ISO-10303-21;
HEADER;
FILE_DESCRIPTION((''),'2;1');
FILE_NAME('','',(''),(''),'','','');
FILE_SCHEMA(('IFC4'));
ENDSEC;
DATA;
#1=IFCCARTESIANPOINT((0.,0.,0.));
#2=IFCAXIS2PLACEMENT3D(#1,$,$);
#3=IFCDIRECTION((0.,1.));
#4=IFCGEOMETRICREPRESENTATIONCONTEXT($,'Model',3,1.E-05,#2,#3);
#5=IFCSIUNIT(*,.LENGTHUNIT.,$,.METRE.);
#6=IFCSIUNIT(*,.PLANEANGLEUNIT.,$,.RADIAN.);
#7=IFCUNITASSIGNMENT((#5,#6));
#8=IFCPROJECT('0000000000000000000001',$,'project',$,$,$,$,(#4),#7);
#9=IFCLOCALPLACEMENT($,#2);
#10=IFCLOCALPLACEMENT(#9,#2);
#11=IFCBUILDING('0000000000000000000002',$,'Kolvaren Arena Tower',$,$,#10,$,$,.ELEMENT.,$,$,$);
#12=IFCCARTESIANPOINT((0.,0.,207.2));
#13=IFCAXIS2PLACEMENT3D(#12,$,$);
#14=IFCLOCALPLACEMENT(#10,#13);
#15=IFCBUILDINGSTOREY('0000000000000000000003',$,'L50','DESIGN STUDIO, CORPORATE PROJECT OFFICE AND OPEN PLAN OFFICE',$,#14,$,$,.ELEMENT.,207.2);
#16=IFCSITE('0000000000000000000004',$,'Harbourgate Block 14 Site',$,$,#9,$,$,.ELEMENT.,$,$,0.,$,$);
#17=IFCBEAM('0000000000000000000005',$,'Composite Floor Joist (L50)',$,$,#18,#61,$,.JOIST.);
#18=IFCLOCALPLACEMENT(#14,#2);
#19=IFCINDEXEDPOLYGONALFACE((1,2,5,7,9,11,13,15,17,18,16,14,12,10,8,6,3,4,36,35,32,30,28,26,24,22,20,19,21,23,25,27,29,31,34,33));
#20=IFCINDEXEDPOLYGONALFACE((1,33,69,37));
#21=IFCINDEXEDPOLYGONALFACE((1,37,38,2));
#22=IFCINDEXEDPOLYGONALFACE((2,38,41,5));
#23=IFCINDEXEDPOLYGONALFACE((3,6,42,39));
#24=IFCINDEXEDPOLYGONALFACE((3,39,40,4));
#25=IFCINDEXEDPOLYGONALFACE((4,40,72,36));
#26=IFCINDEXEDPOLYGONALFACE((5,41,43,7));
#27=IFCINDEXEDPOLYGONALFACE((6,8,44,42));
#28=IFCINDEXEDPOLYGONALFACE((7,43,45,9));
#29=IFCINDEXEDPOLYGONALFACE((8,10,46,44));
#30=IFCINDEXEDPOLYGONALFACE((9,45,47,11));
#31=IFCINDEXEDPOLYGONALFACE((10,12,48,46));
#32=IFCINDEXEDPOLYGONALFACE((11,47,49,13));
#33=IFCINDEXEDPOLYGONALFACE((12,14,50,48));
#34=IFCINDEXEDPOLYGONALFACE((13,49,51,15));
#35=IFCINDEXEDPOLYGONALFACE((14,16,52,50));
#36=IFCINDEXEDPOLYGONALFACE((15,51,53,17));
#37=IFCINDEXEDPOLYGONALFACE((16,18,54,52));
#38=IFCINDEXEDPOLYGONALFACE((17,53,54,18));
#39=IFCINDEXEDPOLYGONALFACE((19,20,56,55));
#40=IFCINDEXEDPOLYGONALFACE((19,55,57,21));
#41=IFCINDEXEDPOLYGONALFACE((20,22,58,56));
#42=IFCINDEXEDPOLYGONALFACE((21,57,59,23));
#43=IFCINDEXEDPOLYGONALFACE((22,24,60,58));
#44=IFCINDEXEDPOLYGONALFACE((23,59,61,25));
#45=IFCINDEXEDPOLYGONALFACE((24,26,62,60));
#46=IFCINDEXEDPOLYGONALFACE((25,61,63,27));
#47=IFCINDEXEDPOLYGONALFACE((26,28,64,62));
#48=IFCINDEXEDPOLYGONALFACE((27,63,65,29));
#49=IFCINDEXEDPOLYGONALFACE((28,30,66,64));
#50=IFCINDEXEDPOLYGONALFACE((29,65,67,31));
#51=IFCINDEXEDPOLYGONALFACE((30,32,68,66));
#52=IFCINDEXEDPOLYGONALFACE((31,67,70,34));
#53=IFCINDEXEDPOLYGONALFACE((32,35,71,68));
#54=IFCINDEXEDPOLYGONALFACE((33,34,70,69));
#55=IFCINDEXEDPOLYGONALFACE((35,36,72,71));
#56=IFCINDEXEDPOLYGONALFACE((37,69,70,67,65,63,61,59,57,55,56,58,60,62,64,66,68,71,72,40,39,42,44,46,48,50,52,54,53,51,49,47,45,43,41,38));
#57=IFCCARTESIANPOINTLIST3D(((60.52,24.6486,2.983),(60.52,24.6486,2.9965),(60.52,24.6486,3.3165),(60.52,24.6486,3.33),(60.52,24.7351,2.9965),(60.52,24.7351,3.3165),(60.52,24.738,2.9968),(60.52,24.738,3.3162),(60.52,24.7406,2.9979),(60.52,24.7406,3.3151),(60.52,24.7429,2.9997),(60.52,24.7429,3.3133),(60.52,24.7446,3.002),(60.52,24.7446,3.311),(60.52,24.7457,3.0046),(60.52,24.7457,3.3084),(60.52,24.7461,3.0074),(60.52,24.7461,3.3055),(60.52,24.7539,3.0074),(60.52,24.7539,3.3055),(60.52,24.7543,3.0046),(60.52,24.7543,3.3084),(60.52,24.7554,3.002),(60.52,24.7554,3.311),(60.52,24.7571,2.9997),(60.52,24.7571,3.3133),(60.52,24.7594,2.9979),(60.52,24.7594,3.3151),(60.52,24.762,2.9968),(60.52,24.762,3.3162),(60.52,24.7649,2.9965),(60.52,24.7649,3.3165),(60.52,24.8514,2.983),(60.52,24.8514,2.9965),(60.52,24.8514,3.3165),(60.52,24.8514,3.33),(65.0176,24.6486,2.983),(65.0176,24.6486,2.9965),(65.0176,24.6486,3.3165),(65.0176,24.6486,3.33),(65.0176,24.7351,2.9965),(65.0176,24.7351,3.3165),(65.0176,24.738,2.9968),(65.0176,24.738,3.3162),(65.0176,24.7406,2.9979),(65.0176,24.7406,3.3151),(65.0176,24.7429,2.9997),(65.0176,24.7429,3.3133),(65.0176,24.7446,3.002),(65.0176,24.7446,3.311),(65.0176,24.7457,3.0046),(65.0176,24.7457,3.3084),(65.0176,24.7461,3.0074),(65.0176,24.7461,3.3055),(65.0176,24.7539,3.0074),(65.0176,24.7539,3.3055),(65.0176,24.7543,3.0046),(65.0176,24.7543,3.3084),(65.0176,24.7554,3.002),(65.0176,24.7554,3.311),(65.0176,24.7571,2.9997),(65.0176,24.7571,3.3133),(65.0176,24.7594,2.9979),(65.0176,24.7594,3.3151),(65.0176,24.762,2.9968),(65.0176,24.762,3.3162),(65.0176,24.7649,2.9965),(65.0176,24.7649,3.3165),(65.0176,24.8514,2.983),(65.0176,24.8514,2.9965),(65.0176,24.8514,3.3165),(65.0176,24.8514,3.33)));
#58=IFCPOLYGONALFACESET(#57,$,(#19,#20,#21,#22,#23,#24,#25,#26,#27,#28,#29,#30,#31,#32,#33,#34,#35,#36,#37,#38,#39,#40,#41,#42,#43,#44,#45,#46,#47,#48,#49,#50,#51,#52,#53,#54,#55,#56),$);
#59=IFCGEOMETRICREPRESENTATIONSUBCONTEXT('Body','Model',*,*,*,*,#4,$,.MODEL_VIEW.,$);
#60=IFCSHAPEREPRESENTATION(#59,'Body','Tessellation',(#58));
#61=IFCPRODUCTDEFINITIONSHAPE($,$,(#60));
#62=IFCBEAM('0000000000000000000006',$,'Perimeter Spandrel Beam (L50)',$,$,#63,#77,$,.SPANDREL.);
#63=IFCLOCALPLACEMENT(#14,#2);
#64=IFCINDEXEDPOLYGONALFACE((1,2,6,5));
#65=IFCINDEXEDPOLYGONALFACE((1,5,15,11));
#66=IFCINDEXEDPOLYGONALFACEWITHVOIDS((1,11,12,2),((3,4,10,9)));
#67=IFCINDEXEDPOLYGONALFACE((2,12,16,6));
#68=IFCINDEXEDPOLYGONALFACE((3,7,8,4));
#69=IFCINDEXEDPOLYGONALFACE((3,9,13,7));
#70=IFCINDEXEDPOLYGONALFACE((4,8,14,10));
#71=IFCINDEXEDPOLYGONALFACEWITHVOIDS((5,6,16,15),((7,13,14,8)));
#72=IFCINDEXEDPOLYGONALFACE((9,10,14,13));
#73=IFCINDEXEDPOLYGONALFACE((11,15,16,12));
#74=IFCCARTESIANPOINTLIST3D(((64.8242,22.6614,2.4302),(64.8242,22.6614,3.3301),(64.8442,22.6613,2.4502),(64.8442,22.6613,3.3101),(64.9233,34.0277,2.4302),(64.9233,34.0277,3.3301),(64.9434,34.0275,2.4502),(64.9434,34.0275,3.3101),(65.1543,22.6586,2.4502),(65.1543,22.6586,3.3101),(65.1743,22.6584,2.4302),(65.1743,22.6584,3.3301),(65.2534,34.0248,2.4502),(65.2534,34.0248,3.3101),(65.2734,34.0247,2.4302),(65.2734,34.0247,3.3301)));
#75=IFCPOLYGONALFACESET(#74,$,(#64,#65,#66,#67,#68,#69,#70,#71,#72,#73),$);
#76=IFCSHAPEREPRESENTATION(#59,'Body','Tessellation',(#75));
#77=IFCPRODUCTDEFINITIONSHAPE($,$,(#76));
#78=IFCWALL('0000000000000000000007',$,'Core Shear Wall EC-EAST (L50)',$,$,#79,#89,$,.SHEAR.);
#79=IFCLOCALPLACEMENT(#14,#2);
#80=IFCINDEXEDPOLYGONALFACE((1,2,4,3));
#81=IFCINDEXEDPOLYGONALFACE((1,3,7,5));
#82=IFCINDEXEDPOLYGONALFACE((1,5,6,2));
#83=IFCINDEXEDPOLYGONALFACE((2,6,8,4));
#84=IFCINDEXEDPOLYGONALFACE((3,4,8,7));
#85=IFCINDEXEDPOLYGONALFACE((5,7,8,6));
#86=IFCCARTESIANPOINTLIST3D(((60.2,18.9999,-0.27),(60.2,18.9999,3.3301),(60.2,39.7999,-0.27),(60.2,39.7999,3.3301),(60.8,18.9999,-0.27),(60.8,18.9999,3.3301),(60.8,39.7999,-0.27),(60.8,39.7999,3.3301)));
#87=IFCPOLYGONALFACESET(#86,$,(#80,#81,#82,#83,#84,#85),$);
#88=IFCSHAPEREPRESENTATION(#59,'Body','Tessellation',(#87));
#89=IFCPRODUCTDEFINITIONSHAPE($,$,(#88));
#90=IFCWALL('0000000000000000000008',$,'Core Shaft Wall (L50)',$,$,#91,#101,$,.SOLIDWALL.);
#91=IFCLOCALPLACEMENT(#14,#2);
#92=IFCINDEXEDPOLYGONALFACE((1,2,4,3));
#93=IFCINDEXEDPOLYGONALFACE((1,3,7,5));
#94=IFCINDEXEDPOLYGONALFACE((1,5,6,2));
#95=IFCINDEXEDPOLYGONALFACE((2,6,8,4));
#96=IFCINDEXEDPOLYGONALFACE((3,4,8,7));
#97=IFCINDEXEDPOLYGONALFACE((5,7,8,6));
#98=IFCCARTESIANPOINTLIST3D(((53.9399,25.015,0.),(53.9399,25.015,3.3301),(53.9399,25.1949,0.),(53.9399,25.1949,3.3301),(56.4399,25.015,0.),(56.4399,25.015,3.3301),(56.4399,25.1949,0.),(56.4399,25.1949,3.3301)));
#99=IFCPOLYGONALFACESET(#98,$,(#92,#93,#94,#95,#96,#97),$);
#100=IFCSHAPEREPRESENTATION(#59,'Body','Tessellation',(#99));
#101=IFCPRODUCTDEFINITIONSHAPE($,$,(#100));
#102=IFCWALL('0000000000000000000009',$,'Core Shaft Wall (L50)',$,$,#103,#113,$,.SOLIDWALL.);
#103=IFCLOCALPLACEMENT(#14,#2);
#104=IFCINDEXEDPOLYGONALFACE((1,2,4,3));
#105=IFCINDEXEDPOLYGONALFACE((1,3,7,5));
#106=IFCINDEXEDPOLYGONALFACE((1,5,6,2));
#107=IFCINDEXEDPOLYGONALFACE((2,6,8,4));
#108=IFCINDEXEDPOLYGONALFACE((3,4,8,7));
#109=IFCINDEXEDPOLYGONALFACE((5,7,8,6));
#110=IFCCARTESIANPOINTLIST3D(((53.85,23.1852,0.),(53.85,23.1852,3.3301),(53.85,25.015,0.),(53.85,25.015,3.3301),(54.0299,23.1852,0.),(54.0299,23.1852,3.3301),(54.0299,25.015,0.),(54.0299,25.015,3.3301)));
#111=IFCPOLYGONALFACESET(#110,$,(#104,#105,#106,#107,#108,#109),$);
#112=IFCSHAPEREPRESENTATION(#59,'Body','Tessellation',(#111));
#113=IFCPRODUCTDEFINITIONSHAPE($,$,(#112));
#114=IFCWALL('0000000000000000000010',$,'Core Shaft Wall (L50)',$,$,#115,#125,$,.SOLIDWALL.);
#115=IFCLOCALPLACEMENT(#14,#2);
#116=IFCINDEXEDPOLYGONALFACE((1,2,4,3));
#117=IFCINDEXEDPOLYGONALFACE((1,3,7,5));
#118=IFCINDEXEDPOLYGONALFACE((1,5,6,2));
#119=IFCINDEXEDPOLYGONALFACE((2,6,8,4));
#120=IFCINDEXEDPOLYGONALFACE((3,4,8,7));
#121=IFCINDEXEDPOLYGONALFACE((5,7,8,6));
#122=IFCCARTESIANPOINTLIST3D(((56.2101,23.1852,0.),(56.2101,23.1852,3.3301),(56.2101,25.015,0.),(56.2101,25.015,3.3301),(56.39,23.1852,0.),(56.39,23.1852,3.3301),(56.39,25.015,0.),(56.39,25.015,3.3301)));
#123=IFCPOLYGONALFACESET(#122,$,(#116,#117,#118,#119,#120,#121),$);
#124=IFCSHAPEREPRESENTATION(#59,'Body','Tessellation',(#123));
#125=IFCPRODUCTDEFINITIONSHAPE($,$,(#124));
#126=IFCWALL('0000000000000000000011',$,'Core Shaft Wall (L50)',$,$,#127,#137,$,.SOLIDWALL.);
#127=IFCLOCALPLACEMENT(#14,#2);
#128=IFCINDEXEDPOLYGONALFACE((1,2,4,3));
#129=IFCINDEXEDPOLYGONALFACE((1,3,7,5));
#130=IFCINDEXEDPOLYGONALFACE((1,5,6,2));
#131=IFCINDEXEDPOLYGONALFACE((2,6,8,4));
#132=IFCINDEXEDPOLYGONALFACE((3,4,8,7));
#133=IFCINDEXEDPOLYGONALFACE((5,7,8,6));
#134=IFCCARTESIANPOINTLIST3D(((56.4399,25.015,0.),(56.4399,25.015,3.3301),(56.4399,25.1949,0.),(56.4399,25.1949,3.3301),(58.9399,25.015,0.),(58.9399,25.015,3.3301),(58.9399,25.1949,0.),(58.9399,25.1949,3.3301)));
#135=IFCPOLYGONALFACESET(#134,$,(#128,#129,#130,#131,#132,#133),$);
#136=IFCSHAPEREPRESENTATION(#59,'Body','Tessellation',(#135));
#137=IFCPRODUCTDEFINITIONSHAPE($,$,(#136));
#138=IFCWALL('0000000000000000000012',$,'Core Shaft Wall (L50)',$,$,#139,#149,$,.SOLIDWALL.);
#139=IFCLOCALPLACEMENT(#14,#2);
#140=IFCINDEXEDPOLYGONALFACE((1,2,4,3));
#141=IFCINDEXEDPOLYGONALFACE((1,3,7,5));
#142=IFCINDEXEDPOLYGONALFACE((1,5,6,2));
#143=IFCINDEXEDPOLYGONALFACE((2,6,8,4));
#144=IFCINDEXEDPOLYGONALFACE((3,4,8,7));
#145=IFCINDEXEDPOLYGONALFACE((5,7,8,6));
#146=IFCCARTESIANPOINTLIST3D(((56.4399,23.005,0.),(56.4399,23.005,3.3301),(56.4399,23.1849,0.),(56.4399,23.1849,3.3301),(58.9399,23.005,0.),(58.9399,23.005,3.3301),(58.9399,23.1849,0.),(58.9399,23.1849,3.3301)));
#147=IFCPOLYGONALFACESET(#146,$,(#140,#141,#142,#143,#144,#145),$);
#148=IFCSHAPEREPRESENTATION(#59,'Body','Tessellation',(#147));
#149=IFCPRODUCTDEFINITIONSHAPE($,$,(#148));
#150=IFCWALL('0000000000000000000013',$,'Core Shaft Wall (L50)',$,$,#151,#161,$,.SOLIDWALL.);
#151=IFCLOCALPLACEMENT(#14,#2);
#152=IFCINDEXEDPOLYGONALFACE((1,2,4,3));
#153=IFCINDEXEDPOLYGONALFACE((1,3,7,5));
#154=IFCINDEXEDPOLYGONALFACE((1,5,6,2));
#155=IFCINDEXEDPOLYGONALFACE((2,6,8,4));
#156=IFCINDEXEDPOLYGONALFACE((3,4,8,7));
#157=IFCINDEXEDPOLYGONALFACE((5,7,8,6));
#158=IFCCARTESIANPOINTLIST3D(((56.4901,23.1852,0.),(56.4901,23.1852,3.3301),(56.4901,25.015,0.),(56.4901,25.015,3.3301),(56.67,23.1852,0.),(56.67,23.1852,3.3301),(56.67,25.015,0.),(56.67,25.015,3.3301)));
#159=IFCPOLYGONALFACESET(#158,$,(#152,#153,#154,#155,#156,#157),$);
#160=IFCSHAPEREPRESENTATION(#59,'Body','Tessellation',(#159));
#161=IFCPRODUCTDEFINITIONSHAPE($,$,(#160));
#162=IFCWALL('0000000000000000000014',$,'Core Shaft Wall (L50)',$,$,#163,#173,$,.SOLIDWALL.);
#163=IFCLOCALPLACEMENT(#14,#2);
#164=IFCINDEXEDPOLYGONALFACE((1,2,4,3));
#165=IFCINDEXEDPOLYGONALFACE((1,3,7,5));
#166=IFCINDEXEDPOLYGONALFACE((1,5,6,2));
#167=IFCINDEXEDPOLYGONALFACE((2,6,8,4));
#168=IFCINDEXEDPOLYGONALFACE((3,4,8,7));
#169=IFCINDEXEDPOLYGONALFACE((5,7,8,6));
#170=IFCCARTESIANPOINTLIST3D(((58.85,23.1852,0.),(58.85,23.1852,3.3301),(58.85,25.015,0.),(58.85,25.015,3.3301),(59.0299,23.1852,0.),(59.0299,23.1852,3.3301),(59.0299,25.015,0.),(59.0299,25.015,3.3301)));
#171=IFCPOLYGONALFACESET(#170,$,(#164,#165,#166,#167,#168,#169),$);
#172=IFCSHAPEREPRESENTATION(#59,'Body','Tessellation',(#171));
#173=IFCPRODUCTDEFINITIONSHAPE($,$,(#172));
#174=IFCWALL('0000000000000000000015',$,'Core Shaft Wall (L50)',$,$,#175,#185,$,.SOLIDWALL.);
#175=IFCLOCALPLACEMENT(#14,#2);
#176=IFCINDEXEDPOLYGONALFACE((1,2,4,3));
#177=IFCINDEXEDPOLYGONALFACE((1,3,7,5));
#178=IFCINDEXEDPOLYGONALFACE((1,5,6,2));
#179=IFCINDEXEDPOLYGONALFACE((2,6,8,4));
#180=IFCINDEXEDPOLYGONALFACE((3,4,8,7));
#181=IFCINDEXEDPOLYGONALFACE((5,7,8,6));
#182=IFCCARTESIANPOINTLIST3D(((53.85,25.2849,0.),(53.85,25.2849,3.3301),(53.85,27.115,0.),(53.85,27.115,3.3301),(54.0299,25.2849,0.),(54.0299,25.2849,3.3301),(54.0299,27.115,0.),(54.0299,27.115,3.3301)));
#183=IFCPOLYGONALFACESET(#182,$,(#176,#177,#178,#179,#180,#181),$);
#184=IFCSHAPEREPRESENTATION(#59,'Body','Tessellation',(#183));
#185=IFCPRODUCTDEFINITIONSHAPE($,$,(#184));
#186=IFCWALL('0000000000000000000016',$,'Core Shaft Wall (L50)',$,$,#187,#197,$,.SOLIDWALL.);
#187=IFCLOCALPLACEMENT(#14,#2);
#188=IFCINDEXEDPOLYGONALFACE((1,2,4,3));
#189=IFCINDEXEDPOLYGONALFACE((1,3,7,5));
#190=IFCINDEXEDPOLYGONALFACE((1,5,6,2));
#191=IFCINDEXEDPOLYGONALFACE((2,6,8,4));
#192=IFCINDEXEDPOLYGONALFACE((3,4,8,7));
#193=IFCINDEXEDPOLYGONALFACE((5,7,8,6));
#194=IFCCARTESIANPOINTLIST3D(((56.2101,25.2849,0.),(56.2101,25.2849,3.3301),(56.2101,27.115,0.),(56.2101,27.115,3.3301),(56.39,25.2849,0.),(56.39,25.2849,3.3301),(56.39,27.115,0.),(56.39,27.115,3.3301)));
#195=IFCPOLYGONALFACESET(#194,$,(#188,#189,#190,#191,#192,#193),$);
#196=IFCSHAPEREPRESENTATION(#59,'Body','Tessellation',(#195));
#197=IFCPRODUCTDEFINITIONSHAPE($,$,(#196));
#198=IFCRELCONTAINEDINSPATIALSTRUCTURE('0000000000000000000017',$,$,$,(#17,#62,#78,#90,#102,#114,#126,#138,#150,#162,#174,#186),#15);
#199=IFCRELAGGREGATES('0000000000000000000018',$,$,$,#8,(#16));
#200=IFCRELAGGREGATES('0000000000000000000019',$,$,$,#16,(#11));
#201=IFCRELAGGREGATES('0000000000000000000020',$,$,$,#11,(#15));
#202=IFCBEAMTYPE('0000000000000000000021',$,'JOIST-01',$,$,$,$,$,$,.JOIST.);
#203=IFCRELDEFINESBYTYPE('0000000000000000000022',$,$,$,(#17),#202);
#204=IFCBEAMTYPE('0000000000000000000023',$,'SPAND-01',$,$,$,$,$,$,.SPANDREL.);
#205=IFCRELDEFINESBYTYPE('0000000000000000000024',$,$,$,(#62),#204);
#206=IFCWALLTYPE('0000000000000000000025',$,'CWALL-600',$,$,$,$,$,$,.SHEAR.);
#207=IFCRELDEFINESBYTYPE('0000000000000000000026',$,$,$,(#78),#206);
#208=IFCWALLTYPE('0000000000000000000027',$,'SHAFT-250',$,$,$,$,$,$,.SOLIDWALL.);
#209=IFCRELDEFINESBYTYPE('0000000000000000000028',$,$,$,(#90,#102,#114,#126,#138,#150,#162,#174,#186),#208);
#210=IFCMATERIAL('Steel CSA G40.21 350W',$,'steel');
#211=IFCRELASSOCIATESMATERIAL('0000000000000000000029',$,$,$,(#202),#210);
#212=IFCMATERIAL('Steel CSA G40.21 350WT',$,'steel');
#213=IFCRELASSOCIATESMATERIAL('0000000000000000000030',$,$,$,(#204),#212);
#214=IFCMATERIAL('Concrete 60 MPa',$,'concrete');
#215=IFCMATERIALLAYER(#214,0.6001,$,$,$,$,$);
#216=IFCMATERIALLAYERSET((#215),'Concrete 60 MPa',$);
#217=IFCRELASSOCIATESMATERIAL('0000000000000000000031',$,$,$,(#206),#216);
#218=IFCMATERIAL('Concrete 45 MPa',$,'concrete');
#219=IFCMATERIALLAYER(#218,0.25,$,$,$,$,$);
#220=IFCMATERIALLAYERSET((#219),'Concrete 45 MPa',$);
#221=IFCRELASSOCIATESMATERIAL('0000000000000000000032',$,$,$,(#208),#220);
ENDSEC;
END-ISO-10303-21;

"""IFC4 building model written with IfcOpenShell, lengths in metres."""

from ifc_helpers import new_model, si_unit, direction, frame, frame_2d, origin, origin_2d, place, context, subcontext, project, spatial, rectangle, hollow_rectangle, i_section, extrude, material, layer, layer_set, material_profile, profile_set, type_object, element, save


model = new_model("IFC4")

# Units and contexts
model_context = context("Model", 3, precision=1e-05, world=origin(), true_north=direction((0.0, 1.0)))
body_context = subcontext(model_context, "Body", "Model", "MODEL_VIEW")
ifc_project = project(units=[si_unit("LENGTHUNIT", "METRE"), si_unit("PLANEANGLEUNIT", "RADIAN")], contexts=[model_context])

# Site, building, storey
site_placement = place(None, origin())
site = spatial("IfcSite", under=ifc_project, at=site_placement, Name="Harbourgate Block 14 Site", CompositionType="ELEMENT", RefElevation=0.0)
building_placement = place(site_placement, origin())
building = spatial("IfcBuilding", under=site, at=building_placement, Name="Kolvaren Arena Tower", CompositionType="ELEMENT")
storey_placement = place(building_placement, frame((0.0, 0.0, 207.2)))
storey = spatial("IfcBuildingStorey", under=building, at=storey_placement, Name="L50", Description="DESIGN STUDIO, CORPORATE PROJECT OFFICE AND OPEN PLAN OFFICE", CompositionType="ELEMENT", Elevation=207.2)

# Beams
ifc_material_1 = material(Name="Steel CSA G40.21 350W", Category="steel")
ifc_material_profile_1 = material_profile(ifc_material_1, i_section(OverallWidth=0.2029, OverallDepth=0.3469, WebThickness=0.0078, FlangeThickness=0.0134, FilletRadius=0.011, at=origin_2d()), Name="W360x64")
ifc_profile_set_1 = profile_set([ifc_material_profile_1], Name="Steel CSA G40.21 350W")
beam_type_1 = type_object("IfcBeamType", Name="JOIST-01", PredefinedType="JOIST", material=ifc_profile_set_1)
beam_1_placement = place(storey_placement, frame((60.52, 24.75, 3.1565), z_axis=(1.0, 0.0, 0.0), x_axis=(0.0, 1.0, 0.0)))
element("IfcBeam", 1, at=beam_1_placement, inside=storey, type_object=beam_type_1, Name="Composite Floor Joist (L50)", PredefinedType="JOIST", context=body_context, shape_type="SweptSolid", body=[
    extrude(i_section(OverallWidth=0.2029, OverallDepth=0.3469, WebThickness=0.0078, FlangeThickness=0.0134, FilletRadius=0.011, at=origin_2d()), origin(), (0.0, 0.0, 1.0), 4.4976),
])
ifc_material_2 = material(Name="Steel CSA G40.21 350WT", Category="steel")
ifc_material_profile_2 = material_profile(ifc_material_2, hollow_rectangle(XDim=0.3501, YDim=0.8999, WallThickness=0.02, at=origin_2d()), Name="HSS 900x350x20")
ifc_profile_set_2 = profile_set([ifc_material_profile_2], Name="Steel CSA G40.21 350WT")
beam_type_2 = type_object("IfcBeamType", Name="SPAND-01", PredefinedType="SPANDREL", material=ifc_profile_set_2)
beam_2_placement = place(storey_placement, frame((64.9993, 22.6599, 2.8801), z_axis=(0.00872, 0.999962, 0.0), x_axis=(-0.999962, 0.00872, 0.0)))
element("IfcBeam", 2, at=beam_2_placement, inside=storey, type_object=beam_type_2, Name="Perimeter Spandrel Beam (L50)", PredefinedType="SPANDREL", context=body_context, shape_type="SweptSolid", body=[
    extrude(hollow_rectangle(XDim=0.3501, YDim=0.8999, WallThickness=0.02, at=origin_2d()), origin(), (0.0, 0.0, 1.0), 11.3667),
])

# Walls
ifc_material_3 = material(Name="Concrete 60 MPa", Category="concrete")
ifc_layer_1 = layer(ifc_material_3, 0.6001)
ifc_layer_set_1 = layer_set([ifc_layer_1], Name="Concrete 60 MPa")
wall_type_1 = type_object("IfcWallType", Name="CWALL-600", PredefinedType="SHEAR", material=ifc_layer_set_1)
wall_1_placement = place(storey_placement, frame((60.5, 19.0, -0.27), z_axis=(0.0, 0.0, 1.0), x_axis=(0.0, 1.0, 0.0)))
element("IfcWall", 3, at=wall_1_placement, inside=storey, type_object=wall_type_1, Name="Core Shear Wall EC-EAST (L50)", PredefinedType="SHEAR", context=body_context, shape_type="SweptSolid", body=[
    extrude(rectangle(XDim=20.8, YDim=0.6001, at=frame_2d((10.3999, 0.0))), origin(), (0.0, 0.0, 1.0), 3.6001),
])
ifc_material_4 = material(Name="Concrete 45 MPa", Category="concrete")
ifc_layer_2 = layer(ifc_material_4, 0.25)
ifc_layer_set_2 = layer_set([ifc_layer_2], Name="Concrete 45 MPa")
wall_type_2 = type_object("IfcWallType", Name="SHAFT-250", PredefinedType="SOLIDWALL", material=ifc_layer_set_2)
wall_2_placement = place(storey_placement, frame((53.9399, 25.105, 0.0), z_axis=(0.0, 0.0, 1.0), x_axis=(1.0, 0.0, 0.0)))
element("IfcWall", 4, at=wall_2_placement, inside=storey, type_object=wall_type_2, Name="Core Shaft Wall (L50)", PredefinedType="SOLIDWALL", context=body_context, shape_type="SweptSolid", body=[
    extrude(rectangle(XDim=2.5, YDim=0.1799, at=frame_2d((1.25, 0.0))), origin(), (0.0, 0.0, 1.0), 3.3301),
])
for number, where, z_axis, x_axis, name in (
    (5, (53.9399, 23.1851, 0.0), (0.0, 0.0, 1.0), (0.0, 1.0, 0.0), "Core Shaft Wall (L50)"),
    (6, (56.3, 23.1851, 0.0), (0.0, 0.0, 1.0), (0.0, 1.0, 0.0), "Core Shaft Wall (L50)"),
):
    element("IfcWall", number, at=place(storey_placement, frame(where, z_axis=z_axis, x_axis=x_axis)), inside=storey, type_object=wall_type_2, Name=name, PredefinedType="SOLIDWALL", context=body_context, shape_type="SweptSolid", body=[
        extrude(rectangle(XDim=1.8298, YDim=0.1799, at=frame_2d((0.915, 0.0))), origin(), (0.0, 0.0, 1.0), 3.3301),
    ])
for number, where, z_axis, x_axis, name in (
    (7, (56.4399, 25.105, 0.0), (0.0, 0.0, 1.0), (1.0, 0.0, 0.0), "Core Shaft Wall (L50)"),
    (8, (56.4399, 23.095, 0.0), (0.0, 0.0, 1.0), (1.0, 0.0, 0.0), "Core Shaft Wall (L50)"),
):
    element("IfcWall", number, at=place(storey_placement, frame(where, z_axis=z_axis, x_axis=x_axis)), inside=storey, type_object=wall_type_2, Name=name, PredefinedType="SOLIDWALL", context=body_context, shape_type="SweptSolid", body=[
        extrude(rectangle(XDim=2.5, YDim=0.1799, at=frame_2d((1.25, 0.0))), origin(), (0.0, 0.0, 1.0), 3.3301),
    ])
for number, where, z_axis, x_axis, name in (
    (9, (56.5801, 23.1851, 0.0), (0.0, 0.0, 1.0), (0.0, 1.0, 0.0), "Core Shaft Wall (L50)"),
    (10, (58.9399, 23.1851, 0.0), (0.0, 0.0, 1.0), (0.0, 1.0, 0.0), "Core Shaft Wall (L50)"),
):
    element("IfcWall", number, at=place(storey_placement, frame(where, z_axis=z_axis, x_axis=x_axis)), inside=storey, type_object=wall_type_2, Name=name, PredefinedType="SOLIDWALL", context=body_context, shape_type="SweptSolid", body=[
        extrude(rectangle(XDim=1.8298, YDim=0.1799, at=frame_2d((0.915, 0.0))), origin(), (0.0, 0.0, 1.0), 3.3301),
    ])
for number, where, z_axis, x_axis, name in (
    (11, (53.9399, 25.2849, 0.0), (0.0, 0.0, 1.0), (0.0, 1.0, 0.0), "Core Shaft Wall (L50)"),
    (12, (56.3, 25.2849, 0.0), (0.0, 0.0, 1.0), (0.0, 1.0, 0.0), "Core Shaft Wall (L50)"),
):
    element("IfcWall", number, at=place(storey_placement, frame(where, z_axis=z_axis, x_axis=x_axis)), inside=storey, type_object=wall_type_2, Name=name, PredefinedType="SOLIDWALL", context=body_context, shape_type="SweptSolid", body=[
        extrude(rectangle(XDim=1.8301, YDim=0.1799, at=frame_2d((0.915, 0.0))), origin(), (0.0, 0.0, 1.0), 3.3301),
    ])

save(model, "model.ifc")
